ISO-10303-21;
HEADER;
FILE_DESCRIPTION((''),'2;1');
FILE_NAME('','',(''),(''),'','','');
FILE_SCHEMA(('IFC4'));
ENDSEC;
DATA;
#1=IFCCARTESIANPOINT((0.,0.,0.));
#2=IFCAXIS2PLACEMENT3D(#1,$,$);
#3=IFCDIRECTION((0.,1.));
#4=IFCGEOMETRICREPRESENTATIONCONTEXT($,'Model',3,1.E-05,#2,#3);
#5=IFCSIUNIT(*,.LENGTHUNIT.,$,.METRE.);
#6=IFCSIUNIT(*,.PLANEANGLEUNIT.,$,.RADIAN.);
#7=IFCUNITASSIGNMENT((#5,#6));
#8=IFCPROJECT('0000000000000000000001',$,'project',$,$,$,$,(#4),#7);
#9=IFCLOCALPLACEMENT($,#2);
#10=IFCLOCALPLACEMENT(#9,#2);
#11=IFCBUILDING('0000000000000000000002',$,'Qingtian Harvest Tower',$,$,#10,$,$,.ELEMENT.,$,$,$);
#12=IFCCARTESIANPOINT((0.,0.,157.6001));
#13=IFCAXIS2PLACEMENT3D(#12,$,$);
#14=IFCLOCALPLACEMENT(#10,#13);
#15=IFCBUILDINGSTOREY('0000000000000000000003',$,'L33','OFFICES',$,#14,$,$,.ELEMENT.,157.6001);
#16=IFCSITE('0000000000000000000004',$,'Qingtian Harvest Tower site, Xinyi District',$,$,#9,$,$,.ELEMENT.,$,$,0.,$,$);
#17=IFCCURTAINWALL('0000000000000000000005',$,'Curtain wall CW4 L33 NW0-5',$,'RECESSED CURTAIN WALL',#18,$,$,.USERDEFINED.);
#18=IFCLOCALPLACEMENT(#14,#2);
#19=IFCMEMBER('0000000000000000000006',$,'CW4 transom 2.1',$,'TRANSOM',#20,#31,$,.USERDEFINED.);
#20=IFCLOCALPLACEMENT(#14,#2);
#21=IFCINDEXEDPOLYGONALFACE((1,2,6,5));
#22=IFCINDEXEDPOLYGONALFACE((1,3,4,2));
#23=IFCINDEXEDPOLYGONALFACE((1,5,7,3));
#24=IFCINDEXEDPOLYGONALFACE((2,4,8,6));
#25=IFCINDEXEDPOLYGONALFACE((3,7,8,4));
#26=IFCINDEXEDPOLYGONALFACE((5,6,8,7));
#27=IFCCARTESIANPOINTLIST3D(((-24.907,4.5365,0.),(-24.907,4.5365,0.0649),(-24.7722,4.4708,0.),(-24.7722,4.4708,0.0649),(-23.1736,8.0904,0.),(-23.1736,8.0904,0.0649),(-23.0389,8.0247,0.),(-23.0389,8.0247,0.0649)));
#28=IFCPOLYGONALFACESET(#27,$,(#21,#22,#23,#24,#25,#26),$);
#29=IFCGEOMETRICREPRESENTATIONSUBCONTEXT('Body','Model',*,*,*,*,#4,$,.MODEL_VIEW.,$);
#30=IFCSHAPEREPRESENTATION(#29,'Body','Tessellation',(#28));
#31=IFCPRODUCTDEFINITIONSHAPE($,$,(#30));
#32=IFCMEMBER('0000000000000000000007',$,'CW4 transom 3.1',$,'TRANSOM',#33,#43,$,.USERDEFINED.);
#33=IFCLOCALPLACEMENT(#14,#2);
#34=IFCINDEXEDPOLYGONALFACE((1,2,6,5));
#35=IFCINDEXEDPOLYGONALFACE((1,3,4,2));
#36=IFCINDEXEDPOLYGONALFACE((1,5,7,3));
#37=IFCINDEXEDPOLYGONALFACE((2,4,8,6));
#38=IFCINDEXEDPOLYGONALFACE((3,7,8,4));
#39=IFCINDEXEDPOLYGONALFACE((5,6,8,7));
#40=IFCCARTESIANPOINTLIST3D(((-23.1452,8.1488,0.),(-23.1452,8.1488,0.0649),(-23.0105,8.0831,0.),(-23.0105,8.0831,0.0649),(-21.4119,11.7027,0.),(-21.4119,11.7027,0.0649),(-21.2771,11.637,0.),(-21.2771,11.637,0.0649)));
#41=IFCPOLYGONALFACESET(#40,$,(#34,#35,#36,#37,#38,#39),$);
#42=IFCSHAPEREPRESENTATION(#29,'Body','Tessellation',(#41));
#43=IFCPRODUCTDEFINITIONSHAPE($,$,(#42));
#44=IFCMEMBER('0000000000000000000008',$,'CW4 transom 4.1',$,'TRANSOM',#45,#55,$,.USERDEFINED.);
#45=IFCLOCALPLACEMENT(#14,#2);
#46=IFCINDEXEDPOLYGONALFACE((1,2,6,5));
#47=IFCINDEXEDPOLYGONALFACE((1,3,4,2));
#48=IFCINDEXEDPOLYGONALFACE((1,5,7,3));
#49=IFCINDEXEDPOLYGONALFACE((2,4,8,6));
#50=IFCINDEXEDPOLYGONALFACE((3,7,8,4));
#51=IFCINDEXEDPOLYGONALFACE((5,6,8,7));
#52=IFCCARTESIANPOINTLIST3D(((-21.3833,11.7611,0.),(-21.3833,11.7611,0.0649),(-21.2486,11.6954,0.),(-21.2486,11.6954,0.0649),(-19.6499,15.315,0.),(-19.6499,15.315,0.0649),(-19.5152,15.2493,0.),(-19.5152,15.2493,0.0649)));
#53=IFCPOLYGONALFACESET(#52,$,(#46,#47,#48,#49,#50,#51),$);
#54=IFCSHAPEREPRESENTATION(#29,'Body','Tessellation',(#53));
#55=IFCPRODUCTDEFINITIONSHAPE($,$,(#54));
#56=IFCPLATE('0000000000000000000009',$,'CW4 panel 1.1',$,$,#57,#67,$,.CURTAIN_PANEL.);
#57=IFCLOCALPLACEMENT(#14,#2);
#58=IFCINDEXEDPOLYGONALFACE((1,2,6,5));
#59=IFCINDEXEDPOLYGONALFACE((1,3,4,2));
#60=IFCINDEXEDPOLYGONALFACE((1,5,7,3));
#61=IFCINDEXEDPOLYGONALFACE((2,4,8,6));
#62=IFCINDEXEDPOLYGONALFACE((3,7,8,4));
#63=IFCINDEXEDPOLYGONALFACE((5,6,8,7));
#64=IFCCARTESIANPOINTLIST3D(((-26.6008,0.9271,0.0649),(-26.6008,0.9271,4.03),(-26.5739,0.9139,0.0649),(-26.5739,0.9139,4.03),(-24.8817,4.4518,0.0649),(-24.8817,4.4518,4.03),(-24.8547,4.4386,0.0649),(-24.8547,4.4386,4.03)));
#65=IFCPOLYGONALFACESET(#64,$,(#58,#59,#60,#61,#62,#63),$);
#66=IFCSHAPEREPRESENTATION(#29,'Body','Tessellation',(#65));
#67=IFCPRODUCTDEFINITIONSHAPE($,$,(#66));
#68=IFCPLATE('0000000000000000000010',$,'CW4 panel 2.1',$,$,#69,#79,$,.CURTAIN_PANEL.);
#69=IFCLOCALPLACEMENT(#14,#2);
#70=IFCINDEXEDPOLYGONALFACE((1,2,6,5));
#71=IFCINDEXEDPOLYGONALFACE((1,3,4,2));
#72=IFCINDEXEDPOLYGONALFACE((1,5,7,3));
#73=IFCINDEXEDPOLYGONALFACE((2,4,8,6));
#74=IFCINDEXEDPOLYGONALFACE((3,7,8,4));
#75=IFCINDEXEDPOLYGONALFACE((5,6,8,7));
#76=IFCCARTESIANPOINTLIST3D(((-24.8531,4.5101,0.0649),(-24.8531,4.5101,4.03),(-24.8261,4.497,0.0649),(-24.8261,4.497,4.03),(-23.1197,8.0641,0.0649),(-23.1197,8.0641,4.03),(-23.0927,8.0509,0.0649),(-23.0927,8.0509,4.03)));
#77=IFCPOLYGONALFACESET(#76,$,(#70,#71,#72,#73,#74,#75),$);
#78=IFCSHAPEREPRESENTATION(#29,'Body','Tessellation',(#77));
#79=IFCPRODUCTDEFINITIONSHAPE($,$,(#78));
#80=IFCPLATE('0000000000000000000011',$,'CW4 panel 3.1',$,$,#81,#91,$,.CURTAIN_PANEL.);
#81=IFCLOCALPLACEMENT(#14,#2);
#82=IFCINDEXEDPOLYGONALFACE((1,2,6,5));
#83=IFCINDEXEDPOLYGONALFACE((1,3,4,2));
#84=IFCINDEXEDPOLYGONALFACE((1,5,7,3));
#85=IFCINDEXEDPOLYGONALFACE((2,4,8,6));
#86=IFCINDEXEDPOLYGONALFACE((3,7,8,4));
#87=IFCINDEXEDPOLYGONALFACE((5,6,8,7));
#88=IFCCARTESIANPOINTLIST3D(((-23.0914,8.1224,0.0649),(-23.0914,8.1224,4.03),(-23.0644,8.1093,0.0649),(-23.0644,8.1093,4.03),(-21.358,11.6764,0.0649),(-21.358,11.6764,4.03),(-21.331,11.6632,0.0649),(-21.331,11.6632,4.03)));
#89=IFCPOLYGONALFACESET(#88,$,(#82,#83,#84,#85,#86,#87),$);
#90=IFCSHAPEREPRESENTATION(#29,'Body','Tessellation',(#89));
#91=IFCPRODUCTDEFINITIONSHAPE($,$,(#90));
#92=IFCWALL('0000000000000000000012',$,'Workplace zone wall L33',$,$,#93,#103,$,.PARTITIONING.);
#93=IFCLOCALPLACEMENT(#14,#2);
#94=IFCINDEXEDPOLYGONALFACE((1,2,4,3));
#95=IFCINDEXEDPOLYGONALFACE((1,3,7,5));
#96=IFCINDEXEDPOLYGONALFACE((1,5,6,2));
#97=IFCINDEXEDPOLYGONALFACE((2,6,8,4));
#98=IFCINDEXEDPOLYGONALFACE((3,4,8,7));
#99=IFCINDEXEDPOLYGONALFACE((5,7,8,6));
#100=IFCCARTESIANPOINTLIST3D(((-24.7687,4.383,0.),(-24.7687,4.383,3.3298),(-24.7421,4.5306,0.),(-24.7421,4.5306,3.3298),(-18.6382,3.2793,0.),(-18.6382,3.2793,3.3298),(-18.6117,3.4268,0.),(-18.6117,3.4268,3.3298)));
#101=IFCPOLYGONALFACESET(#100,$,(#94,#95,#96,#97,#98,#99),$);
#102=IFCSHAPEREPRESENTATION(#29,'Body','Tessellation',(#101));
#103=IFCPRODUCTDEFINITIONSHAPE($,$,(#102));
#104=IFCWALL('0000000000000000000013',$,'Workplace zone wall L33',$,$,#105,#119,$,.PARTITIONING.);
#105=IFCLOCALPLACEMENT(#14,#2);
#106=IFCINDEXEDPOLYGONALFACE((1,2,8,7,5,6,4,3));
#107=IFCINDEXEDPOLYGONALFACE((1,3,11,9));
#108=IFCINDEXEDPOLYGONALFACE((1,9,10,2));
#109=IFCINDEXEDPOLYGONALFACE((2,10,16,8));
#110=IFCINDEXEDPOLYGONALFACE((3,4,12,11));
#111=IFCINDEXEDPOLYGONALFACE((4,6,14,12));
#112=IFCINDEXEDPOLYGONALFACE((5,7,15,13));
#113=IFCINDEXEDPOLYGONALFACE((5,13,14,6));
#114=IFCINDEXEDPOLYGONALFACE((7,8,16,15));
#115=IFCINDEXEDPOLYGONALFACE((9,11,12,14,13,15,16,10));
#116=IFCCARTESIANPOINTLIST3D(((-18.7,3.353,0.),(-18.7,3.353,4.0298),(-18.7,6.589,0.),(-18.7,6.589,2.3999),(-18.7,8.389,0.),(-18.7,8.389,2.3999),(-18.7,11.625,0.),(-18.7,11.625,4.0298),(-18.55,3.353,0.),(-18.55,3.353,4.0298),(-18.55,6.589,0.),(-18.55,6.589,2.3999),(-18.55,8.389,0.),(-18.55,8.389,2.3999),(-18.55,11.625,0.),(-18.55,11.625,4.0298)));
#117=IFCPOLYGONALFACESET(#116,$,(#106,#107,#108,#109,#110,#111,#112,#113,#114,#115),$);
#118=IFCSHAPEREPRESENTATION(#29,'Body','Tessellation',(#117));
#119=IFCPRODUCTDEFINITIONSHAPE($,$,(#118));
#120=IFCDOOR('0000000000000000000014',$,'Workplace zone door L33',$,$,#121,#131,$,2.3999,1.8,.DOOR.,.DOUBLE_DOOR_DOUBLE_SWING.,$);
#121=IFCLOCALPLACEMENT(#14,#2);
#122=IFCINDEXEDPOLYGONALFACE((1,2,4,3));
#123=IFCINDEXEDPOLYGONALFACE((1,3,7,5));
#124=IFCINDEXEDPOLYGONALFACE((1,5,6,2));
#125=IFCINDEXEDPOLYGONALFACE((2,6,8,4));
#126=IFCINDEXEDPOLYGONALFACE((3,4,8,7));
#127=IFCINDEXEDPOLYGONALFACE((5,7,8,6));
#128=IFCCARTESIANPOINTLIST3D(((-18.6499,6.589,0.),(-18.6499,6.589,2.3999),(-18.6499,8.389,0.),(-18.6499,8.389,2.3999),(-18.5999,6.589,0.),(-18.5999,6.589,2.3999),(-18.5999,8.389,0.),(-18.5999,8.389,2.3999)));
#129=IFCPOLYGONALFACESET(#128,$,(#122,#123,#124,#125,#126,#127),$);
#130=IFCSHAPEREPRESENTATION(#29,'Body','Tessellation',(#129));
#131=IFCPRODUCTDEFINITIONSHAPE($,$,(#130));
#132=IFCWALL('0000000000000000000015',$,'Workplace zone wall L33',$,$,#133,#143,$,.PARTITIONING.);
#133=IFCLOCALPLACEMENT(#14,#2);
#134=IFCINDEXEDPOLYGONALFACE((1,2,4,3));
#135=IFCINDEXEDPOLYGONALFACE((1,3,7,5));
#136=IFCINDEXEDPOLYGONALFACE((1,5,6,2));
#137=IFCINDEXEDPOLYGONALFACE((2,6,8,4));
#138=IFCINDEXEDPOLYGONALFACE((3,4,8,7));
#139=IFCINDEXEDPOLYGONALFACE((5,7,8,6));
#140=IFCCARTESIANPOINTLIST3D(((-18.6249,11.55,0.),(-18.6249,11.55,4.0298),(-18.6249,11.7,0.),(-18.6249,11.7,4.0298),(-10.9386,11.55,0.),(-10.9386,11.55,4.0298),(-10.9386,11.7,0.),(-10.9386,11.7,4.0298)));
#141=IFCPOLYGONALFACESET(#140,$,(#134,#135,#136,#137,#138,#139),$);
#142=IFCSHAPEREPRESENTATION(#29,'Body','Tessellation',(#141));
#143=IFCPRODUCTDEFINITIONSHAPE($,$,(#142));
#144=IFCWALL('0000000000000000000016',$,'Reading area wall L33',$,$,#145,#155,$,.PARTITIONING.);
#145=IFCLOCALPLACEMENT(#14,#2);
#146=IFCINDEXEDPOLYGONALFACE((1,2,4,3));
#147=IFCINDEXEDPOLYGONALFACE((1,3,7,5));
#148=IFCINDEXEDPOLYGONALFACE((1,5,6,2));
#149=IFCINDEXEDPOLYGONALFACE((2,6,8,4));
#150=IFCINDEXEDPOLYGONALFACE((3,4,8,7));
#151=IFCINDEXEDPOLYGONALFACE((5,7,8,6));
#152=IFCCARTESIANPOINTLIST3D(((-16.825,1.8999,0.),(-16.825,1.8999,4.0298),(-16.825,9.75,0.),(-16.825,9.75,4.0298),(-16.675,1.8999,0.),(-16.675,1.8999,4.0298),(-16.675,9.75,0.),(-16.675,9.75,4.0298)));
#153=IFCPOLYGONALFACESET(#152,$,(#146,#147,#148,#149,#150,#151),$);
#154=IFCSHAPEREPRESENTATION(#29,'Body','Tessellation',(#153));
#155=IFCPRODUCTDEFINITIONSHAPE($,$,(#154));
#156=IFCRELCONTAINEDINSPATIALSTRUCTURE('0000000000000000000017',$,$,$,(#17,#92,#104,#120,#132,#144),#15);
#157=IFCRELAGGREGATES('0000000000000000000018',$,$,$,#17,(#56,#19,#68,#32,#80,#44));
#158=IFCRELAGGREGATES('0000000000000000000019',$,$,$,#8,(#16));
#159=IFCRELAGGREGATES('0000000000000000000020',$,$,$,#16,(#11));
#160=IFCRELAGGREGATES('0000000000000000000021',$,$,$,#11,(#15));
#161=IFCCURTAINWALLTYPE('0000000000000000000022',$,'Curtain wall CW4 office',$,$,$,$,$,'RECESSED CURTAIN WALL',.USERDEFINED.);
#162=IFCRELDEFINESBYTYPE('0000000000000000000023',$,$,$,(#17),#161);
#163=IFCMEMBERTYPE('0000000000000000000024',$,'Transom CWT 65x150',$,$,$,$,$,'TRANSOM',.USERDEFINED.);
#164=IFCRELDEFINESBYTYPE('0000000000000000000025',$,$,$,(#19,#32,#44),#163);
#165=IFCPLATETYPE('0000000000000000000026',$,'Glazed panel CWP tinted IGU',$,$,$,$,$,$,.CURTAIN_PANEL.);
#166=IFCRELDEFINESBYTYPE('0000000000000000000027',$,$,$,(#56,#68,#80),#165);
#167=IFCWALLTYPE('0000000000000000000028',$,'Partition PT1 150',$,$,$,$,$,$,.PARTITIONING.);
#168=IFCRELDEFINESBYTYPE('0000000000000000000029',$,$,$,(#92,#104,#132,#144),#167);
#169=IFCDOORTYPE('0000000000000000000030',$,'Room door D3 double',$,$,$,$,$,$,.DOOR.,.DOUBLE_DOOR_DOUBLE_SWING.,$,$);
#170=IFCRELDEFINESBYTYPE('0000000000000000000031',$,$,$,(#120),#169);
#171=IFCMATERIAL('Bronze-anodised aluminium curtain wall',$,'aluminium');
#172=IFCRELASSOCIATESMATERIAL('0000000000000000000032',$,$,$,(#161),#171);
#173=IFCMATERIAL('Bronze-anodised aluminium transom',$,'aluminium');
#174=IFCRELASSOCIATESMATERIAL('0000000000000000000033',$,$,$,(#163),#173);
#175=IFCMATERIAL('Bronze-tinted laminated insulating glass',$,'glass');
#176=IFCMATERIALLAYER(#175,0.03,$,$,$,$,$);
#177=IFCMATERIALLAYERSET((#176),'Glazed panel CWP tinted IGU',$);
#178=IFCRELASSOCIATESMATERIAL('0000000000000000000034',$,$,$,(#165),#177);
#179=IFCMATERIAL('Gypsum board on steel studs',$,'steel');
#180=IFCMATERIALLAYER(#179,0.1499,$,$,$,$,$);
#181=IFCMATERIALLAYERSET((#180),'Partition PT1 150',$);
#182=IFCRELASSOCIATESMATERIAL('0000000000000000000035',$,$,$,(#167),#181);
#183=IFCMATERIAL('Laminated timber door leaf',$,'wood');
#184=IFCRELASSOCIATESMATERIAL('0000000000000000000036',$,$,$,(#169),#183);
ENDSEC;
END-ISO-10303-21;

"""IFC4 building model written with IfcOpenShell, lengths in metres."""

from ifc_helpers import new_model, si_unit, direction, frame, frame_2d, origin, origin_2d, place, context, subcontext, project, spatial, rectangle, extrude, material, layer, layer_set, material_profile, profile_set, type_object, element, fill, aggregate, save


model = new_model("IFC4")

# Units and contexts
model_context = context("Model", 3, precision=1e-05, world=origin(), true_north=direction((0.0, 1.0)))
body_context = subcontext(model_context, "Body", "Model", "MODEL_VIEW")
ifc_project = project(units=[si_unit("LENGTHUNIT", "METRE"), si_unit("PLANEANGLEUNIT", "RADIAN")], contexts=[model_context])

# Site, building, storey
site_placement = place(None, origin())
site = spatial("IfcSite", under=ifc_project, at=site_placement, Name="Qingtian Harvest Tower site, Xinyi District", CompositionType="ELEMENT", RefElevation=0.0)
building_placement = place(site_placement, origin())
building = spatial("IfcBuilding", under=site, at=building_placement, Name="Qingtian Harvest Tower", CompositionType="ELEMENT")
storey_placement = place(building_placement, frame((0.0, 0.0, 157.6001)))
storey = spatial("IfcBuildingStorey", under=building, at=storey_placement, Name="L33", Description="OFFICES", CompositionType="ELEMENT", Elevation=157.6001)

# Shared definitions
ifc_material_1 = material(Name="Bronze-anodised aluminium curtain wall", Category="aluminium")
curtain_wall_type = type_object("IfcCurtainWallType", Name="Curtain wall CW4 office", ElementType="RECESSED CURTAIN WALL", PredefinedType="USERDEFINED", material=ifc_material_1)

# Curtain wall
curtain_wall_1_placement = place(storey_placement, origin())
curtain_wall_1 = element("IfcCurtainWall", 1, at=curtain_wall_1_placement, inside=storey, type_object=curtain_wall_type, Name="Curtain wall CW4 L33 NW0-5", ObjectType="RECESSED CURTAIN WALL", PredefinedType="USERDEFINED")

# Members
ifc_material_2 = material(Name="Bronze-anodised aluminium transom", Category="aluminium")
ifc_material_profile_1 = material_profile(ifc_material_2, rectangle(XDim=0.1499, YDim=0.0649, at=origin_2d()), Name="AL 65x150")
ifc_profile_set_1 = profile_set([ifc_material_profile_1], Name="Bronze-anodised aluminium transom")
member_type_1 = type_object("IfcMemberType", Name="Transom CWT 65x150", ElementType="TRANSOM", PredefinedType="USERDEFINED", material=ifc_profile_set_1)
member_1_placement = place(storey_placement, frame((-24.8396, 4.5037, 0.0325), z_axis=(0.438375, 0.898792, 0.0), x_axis=(-0.898792, 0.438375, 0.0)))
member_1 = element("IfcMember", 2, at=member_1_placement, type_object=member_type_1, Name="CW4 transom 2.1", ObjectType="TRANSOM", PredefinedType="USERDEFINED", context=body_context, shape_type="SweptSolid", body=[
    extrude(rectangle(XDim=0.1499, YDim=0.0649, at=origin_2d()), origin(), (0.0, 0.0, 1.0), 3.9541),
])
member_2_placement = place(storey_placement, frame((-23.0779, 8.116, 0.0325), z_axis=(0.438375, 0.898792, 0.0), x_axis=(-0.898792, 0.438375, 0.0)))
member_2 = element("IfcMember", 3, at=member_2_placement, type_object=member_type_1, Name="CW4 transom 3.1", ObjectType="TRANSOM", PredefinedType="USERDEFINED", context=body_context, shape_type="SweptSolid", body=[
    extrude(rectangle(XDim=0.1499, YDim=0.0649, at=origin_2d()), origin(), (0.0, 0.0, 1.0), 3.9541),
])
member_3_placement = place(storey_placement, frame((-21.3159, 11.7283, 0.0325), z_axis=(0.438375, 0.898792, 0.0), x_axis=(-0.898792, 0.438375, 0.0)))
member_3 = element("IfcMember", 4, at=member_3_placement, type_object=member_type_1, Name="CW4 transom 4.1", ObjectType="TRANSOM", PredefinedType="USERDEFINED", context=body_context, shape_type="SweptSolid", body=[
    extrude(rectangle(XDim=0.1499, YDim=0.0649, at=origin_2d()), origin(), (0.0, 0.0, 1.0), 3.9541),
])

# Plates
ifc_material_3 = material(Name="Bronze-tinted laminated insulating glass", Category="glass")
ifc_layer_1 = layer(ifc_material_3, 0.03)
ifc_layer_set_1 = layer_set([ifc_layer_1], Name="Glazed panel CWP tinted IGU")
plate_type = type_object("IfcPlateType", Name="Glazed panel CWP tinted IGU", PredefinedType="CURTAIN_PANEL", material=ifc_layer_set_1)
plate_1_placement = place(storey_placement, frame((-25.7278, 2.6829, 0.0649), z_axis=(0.0, 0.0, 1.0), x_axis=(0.438371, 0.898794, 0.0)))
plate_1 = element("IfcPlate", 5, at=plate_1_placement, type_object=plate_type, Name="CW4 panel 1.1", PredefinedType="CURTAIN_PANEL", context=body_context, shape_type="SweptSolid", body=[
    extrude(rectangle(XDim=3.9216, YDim=0.03, at=origin_2d()), origin(), (0.0, 0.0, 1.0), 3.9651),
])
plate_2_placement = place(storey_placement, frame((-23.9729, 6.2805, 0.0649), z_axis=(0.0, 0.0, 1.0), x_axis=(0.438371, 0.898794, 0.0)))
plate_2 = element("IfcPlate", 6, at=plate_2_placement, type_object=plate_type, Name="CW4 panel 2.1", PredefinedType="CURTAIN_PANEL", context=body_context, shape_type="SweptSolid", body=[
    extrude(rectangle(XDim=3.9541, YDim=0.03, at=origin_2d()), origin(), (0.0, 0.0, 1.0), 3.9651),
])
plate_3_placement = place(storey_placement, frame((-22.2112, 9.8928, 0.0649), z_axis=(0.0, 0.0, 1.0), x_axis=(0.438371, 0.898794, 0.0)))
plate_3 = element("IfcPlate", 7, at=plate_3_placement, type_object=plate_type, Name="CW4 panel 3.1", PredefinedType="CURTAIN_PANEL", context=body_context, shape_type="SweptSolid", body=[
    extrude(rectangle(XDim=3.9541, YDim=0.03, at=origin_2d()), origin(), (0.0, 0.0, 1.0), 3.9651),
])
aggregate(curtain_wall_1, [plate_1, member_1, plate_2, member_2, plate_3, member_3])

# Wall
ifc_material_4 = material(Name="Gypsum board on steel studs", Category="steel")
ifc_layer_2 = layer(ifc_material_4, 0.1499)
ifc_layer_set_2 = layer_set([ifc_layer_2], Name="Partition PT1 150")
wall_type = type_object("IfcWallType", Name="Partition PT1 150", PredefinedType="PARTITIONING", material=ifc_layer_set_2)
wall_1_placement = place(storey_placement, frame((-24.7554, 4.4568, 0.0), z_axis=(0.0, 0.0, 1.0), x_axis=(0.984175, -0.177199, 0.0)))
element("IfcWall", 8, at=wall_1_placement, inside=storey, type_object=wall_type, Name="Workplace zone wall L33", PredefinedType="PARTITIONING", context=body_context, shape_type="SweptSolid", body=[
    extrude(rectangle(XDim=6.229, YDim=0.1499, at=frame_2d((3.1145, 0.0))), origin(), (0.0, 0.0, 1.0), 3.3298),
])

# Wall, opening, door
wall_2_placement = place(storey_placement, frame((-18.625, 3.353, 0.0), z_axis=(0.0, 0.0, 1.0), x_axis=(0.0, 1.0, 0.0)))
wall_2 = element("IfcWall", 9, at=wall_2_placement, inside=storey, type_object=wall_type, Name="Workplace zone wall L33", PredefinedType="PARTITIONING", context=body_context, shape_type="SweptSolid", body=[
    extrude(rectangle(XDim=8.272, YDim=0.1499, at=frame_2d((4.136, 0.0))), origin(), (0.0, 0.0, 1.0), 4.0298),
])
opening_placement = place(wall_2_placement, frame((3.2361, 0.0, 0.0)))
opening = element("IfcOpeningElement", 10, at=opening_placement, cuts=wall_2, PredefinedType="OPENING", context=body_context, shape_type="SweptSolid", body=[
    extrude(rectangle(XDim=1.8, YDim=2.3999, at=frame_2d((0.8999, 1.2))), frame((0.0, 0.085, 0.0), z_axis=(0.0, -1.0, 0.0), x_axis=(1.0, 0.0, 0.0)), (0.0, 0.0, 1.0), 0.1699),
])
ifc_material_5 = material(Name="Laminated timber door leaf", Category="wood")
door_type = type_object("IfcDoorType", Name="Room door D3 double", OperationType="DOUBLE_DOOR_DOUBLE_SWING", PredefinedType="DOOR", material=ifc_material_5)
door_placement = place(opening_placement, origin())
door = element("IfcDoor", 11, at=door_placement, inside=storey, type_object=door_type, Name="Workplace zone door L33", OperationType="DOUBLE_DOOR_DOUBLE_SWING", OverallHeight=2.3999, OverallWidth=1.8, PredefinedType="DOOR", context=body_context, shape_type="SweptSolid", body=[
    extrude(rectangle(XDim=1.8, YDim=2.3999, at=frame_2d((0.8999, 1.2))), frame((0.0, 0.0249, 0.0), z_axis=(0.0, -1.0, 0.0), x_axis=(1.0, 0.0, 0.0)), (0.0, 0.0, 1.0), 0.05),
])
fill(opening, door)

# Walls
wall_3_placement = place(storey_placement, frame((-18.625, 11.625, 0.0), z_axis=(0.0, 0.0, 1.0), x_axis=(1.0, 0.0, 0.0)))
element("IfcWall", 12, at=wall_3_placement, inside=storey, type_object=wall_type, Name="Workplace zone wall L33", PredefinedType="PARTITIONING", context=body_context, shape_type="SweptSolid", body=[
    extrude(rectangle(XDim=7.6863, YDim=0.1499, at=frame_2d((3.8433, 0.0))), origin(), (0.0, 0.0, 1.0), 4.0298),
])
wall_4_placement = place(storey_placement, frame((-16.75, 1.8999, 0.0), z_axis=(0.0, 0.0, 1.0), x_axis=(0.0, 1.0, 0.0)))
element("IfcWall", 13, at=wall_4_placement, inside=storey, type_object=wall_type, Name="Reading area wall L33", PredefinedType="PARTITIONING", context=body_context, shape_type="SweptSolid", body=[
    extrude(rectangle(XDim=7.8501, YDim=0.1499, at=frame_2d((3.925, 0.0))), origin(), (0.0, 0.0, 1.0), 4.0298),
])

save(model, "model.ifc")
